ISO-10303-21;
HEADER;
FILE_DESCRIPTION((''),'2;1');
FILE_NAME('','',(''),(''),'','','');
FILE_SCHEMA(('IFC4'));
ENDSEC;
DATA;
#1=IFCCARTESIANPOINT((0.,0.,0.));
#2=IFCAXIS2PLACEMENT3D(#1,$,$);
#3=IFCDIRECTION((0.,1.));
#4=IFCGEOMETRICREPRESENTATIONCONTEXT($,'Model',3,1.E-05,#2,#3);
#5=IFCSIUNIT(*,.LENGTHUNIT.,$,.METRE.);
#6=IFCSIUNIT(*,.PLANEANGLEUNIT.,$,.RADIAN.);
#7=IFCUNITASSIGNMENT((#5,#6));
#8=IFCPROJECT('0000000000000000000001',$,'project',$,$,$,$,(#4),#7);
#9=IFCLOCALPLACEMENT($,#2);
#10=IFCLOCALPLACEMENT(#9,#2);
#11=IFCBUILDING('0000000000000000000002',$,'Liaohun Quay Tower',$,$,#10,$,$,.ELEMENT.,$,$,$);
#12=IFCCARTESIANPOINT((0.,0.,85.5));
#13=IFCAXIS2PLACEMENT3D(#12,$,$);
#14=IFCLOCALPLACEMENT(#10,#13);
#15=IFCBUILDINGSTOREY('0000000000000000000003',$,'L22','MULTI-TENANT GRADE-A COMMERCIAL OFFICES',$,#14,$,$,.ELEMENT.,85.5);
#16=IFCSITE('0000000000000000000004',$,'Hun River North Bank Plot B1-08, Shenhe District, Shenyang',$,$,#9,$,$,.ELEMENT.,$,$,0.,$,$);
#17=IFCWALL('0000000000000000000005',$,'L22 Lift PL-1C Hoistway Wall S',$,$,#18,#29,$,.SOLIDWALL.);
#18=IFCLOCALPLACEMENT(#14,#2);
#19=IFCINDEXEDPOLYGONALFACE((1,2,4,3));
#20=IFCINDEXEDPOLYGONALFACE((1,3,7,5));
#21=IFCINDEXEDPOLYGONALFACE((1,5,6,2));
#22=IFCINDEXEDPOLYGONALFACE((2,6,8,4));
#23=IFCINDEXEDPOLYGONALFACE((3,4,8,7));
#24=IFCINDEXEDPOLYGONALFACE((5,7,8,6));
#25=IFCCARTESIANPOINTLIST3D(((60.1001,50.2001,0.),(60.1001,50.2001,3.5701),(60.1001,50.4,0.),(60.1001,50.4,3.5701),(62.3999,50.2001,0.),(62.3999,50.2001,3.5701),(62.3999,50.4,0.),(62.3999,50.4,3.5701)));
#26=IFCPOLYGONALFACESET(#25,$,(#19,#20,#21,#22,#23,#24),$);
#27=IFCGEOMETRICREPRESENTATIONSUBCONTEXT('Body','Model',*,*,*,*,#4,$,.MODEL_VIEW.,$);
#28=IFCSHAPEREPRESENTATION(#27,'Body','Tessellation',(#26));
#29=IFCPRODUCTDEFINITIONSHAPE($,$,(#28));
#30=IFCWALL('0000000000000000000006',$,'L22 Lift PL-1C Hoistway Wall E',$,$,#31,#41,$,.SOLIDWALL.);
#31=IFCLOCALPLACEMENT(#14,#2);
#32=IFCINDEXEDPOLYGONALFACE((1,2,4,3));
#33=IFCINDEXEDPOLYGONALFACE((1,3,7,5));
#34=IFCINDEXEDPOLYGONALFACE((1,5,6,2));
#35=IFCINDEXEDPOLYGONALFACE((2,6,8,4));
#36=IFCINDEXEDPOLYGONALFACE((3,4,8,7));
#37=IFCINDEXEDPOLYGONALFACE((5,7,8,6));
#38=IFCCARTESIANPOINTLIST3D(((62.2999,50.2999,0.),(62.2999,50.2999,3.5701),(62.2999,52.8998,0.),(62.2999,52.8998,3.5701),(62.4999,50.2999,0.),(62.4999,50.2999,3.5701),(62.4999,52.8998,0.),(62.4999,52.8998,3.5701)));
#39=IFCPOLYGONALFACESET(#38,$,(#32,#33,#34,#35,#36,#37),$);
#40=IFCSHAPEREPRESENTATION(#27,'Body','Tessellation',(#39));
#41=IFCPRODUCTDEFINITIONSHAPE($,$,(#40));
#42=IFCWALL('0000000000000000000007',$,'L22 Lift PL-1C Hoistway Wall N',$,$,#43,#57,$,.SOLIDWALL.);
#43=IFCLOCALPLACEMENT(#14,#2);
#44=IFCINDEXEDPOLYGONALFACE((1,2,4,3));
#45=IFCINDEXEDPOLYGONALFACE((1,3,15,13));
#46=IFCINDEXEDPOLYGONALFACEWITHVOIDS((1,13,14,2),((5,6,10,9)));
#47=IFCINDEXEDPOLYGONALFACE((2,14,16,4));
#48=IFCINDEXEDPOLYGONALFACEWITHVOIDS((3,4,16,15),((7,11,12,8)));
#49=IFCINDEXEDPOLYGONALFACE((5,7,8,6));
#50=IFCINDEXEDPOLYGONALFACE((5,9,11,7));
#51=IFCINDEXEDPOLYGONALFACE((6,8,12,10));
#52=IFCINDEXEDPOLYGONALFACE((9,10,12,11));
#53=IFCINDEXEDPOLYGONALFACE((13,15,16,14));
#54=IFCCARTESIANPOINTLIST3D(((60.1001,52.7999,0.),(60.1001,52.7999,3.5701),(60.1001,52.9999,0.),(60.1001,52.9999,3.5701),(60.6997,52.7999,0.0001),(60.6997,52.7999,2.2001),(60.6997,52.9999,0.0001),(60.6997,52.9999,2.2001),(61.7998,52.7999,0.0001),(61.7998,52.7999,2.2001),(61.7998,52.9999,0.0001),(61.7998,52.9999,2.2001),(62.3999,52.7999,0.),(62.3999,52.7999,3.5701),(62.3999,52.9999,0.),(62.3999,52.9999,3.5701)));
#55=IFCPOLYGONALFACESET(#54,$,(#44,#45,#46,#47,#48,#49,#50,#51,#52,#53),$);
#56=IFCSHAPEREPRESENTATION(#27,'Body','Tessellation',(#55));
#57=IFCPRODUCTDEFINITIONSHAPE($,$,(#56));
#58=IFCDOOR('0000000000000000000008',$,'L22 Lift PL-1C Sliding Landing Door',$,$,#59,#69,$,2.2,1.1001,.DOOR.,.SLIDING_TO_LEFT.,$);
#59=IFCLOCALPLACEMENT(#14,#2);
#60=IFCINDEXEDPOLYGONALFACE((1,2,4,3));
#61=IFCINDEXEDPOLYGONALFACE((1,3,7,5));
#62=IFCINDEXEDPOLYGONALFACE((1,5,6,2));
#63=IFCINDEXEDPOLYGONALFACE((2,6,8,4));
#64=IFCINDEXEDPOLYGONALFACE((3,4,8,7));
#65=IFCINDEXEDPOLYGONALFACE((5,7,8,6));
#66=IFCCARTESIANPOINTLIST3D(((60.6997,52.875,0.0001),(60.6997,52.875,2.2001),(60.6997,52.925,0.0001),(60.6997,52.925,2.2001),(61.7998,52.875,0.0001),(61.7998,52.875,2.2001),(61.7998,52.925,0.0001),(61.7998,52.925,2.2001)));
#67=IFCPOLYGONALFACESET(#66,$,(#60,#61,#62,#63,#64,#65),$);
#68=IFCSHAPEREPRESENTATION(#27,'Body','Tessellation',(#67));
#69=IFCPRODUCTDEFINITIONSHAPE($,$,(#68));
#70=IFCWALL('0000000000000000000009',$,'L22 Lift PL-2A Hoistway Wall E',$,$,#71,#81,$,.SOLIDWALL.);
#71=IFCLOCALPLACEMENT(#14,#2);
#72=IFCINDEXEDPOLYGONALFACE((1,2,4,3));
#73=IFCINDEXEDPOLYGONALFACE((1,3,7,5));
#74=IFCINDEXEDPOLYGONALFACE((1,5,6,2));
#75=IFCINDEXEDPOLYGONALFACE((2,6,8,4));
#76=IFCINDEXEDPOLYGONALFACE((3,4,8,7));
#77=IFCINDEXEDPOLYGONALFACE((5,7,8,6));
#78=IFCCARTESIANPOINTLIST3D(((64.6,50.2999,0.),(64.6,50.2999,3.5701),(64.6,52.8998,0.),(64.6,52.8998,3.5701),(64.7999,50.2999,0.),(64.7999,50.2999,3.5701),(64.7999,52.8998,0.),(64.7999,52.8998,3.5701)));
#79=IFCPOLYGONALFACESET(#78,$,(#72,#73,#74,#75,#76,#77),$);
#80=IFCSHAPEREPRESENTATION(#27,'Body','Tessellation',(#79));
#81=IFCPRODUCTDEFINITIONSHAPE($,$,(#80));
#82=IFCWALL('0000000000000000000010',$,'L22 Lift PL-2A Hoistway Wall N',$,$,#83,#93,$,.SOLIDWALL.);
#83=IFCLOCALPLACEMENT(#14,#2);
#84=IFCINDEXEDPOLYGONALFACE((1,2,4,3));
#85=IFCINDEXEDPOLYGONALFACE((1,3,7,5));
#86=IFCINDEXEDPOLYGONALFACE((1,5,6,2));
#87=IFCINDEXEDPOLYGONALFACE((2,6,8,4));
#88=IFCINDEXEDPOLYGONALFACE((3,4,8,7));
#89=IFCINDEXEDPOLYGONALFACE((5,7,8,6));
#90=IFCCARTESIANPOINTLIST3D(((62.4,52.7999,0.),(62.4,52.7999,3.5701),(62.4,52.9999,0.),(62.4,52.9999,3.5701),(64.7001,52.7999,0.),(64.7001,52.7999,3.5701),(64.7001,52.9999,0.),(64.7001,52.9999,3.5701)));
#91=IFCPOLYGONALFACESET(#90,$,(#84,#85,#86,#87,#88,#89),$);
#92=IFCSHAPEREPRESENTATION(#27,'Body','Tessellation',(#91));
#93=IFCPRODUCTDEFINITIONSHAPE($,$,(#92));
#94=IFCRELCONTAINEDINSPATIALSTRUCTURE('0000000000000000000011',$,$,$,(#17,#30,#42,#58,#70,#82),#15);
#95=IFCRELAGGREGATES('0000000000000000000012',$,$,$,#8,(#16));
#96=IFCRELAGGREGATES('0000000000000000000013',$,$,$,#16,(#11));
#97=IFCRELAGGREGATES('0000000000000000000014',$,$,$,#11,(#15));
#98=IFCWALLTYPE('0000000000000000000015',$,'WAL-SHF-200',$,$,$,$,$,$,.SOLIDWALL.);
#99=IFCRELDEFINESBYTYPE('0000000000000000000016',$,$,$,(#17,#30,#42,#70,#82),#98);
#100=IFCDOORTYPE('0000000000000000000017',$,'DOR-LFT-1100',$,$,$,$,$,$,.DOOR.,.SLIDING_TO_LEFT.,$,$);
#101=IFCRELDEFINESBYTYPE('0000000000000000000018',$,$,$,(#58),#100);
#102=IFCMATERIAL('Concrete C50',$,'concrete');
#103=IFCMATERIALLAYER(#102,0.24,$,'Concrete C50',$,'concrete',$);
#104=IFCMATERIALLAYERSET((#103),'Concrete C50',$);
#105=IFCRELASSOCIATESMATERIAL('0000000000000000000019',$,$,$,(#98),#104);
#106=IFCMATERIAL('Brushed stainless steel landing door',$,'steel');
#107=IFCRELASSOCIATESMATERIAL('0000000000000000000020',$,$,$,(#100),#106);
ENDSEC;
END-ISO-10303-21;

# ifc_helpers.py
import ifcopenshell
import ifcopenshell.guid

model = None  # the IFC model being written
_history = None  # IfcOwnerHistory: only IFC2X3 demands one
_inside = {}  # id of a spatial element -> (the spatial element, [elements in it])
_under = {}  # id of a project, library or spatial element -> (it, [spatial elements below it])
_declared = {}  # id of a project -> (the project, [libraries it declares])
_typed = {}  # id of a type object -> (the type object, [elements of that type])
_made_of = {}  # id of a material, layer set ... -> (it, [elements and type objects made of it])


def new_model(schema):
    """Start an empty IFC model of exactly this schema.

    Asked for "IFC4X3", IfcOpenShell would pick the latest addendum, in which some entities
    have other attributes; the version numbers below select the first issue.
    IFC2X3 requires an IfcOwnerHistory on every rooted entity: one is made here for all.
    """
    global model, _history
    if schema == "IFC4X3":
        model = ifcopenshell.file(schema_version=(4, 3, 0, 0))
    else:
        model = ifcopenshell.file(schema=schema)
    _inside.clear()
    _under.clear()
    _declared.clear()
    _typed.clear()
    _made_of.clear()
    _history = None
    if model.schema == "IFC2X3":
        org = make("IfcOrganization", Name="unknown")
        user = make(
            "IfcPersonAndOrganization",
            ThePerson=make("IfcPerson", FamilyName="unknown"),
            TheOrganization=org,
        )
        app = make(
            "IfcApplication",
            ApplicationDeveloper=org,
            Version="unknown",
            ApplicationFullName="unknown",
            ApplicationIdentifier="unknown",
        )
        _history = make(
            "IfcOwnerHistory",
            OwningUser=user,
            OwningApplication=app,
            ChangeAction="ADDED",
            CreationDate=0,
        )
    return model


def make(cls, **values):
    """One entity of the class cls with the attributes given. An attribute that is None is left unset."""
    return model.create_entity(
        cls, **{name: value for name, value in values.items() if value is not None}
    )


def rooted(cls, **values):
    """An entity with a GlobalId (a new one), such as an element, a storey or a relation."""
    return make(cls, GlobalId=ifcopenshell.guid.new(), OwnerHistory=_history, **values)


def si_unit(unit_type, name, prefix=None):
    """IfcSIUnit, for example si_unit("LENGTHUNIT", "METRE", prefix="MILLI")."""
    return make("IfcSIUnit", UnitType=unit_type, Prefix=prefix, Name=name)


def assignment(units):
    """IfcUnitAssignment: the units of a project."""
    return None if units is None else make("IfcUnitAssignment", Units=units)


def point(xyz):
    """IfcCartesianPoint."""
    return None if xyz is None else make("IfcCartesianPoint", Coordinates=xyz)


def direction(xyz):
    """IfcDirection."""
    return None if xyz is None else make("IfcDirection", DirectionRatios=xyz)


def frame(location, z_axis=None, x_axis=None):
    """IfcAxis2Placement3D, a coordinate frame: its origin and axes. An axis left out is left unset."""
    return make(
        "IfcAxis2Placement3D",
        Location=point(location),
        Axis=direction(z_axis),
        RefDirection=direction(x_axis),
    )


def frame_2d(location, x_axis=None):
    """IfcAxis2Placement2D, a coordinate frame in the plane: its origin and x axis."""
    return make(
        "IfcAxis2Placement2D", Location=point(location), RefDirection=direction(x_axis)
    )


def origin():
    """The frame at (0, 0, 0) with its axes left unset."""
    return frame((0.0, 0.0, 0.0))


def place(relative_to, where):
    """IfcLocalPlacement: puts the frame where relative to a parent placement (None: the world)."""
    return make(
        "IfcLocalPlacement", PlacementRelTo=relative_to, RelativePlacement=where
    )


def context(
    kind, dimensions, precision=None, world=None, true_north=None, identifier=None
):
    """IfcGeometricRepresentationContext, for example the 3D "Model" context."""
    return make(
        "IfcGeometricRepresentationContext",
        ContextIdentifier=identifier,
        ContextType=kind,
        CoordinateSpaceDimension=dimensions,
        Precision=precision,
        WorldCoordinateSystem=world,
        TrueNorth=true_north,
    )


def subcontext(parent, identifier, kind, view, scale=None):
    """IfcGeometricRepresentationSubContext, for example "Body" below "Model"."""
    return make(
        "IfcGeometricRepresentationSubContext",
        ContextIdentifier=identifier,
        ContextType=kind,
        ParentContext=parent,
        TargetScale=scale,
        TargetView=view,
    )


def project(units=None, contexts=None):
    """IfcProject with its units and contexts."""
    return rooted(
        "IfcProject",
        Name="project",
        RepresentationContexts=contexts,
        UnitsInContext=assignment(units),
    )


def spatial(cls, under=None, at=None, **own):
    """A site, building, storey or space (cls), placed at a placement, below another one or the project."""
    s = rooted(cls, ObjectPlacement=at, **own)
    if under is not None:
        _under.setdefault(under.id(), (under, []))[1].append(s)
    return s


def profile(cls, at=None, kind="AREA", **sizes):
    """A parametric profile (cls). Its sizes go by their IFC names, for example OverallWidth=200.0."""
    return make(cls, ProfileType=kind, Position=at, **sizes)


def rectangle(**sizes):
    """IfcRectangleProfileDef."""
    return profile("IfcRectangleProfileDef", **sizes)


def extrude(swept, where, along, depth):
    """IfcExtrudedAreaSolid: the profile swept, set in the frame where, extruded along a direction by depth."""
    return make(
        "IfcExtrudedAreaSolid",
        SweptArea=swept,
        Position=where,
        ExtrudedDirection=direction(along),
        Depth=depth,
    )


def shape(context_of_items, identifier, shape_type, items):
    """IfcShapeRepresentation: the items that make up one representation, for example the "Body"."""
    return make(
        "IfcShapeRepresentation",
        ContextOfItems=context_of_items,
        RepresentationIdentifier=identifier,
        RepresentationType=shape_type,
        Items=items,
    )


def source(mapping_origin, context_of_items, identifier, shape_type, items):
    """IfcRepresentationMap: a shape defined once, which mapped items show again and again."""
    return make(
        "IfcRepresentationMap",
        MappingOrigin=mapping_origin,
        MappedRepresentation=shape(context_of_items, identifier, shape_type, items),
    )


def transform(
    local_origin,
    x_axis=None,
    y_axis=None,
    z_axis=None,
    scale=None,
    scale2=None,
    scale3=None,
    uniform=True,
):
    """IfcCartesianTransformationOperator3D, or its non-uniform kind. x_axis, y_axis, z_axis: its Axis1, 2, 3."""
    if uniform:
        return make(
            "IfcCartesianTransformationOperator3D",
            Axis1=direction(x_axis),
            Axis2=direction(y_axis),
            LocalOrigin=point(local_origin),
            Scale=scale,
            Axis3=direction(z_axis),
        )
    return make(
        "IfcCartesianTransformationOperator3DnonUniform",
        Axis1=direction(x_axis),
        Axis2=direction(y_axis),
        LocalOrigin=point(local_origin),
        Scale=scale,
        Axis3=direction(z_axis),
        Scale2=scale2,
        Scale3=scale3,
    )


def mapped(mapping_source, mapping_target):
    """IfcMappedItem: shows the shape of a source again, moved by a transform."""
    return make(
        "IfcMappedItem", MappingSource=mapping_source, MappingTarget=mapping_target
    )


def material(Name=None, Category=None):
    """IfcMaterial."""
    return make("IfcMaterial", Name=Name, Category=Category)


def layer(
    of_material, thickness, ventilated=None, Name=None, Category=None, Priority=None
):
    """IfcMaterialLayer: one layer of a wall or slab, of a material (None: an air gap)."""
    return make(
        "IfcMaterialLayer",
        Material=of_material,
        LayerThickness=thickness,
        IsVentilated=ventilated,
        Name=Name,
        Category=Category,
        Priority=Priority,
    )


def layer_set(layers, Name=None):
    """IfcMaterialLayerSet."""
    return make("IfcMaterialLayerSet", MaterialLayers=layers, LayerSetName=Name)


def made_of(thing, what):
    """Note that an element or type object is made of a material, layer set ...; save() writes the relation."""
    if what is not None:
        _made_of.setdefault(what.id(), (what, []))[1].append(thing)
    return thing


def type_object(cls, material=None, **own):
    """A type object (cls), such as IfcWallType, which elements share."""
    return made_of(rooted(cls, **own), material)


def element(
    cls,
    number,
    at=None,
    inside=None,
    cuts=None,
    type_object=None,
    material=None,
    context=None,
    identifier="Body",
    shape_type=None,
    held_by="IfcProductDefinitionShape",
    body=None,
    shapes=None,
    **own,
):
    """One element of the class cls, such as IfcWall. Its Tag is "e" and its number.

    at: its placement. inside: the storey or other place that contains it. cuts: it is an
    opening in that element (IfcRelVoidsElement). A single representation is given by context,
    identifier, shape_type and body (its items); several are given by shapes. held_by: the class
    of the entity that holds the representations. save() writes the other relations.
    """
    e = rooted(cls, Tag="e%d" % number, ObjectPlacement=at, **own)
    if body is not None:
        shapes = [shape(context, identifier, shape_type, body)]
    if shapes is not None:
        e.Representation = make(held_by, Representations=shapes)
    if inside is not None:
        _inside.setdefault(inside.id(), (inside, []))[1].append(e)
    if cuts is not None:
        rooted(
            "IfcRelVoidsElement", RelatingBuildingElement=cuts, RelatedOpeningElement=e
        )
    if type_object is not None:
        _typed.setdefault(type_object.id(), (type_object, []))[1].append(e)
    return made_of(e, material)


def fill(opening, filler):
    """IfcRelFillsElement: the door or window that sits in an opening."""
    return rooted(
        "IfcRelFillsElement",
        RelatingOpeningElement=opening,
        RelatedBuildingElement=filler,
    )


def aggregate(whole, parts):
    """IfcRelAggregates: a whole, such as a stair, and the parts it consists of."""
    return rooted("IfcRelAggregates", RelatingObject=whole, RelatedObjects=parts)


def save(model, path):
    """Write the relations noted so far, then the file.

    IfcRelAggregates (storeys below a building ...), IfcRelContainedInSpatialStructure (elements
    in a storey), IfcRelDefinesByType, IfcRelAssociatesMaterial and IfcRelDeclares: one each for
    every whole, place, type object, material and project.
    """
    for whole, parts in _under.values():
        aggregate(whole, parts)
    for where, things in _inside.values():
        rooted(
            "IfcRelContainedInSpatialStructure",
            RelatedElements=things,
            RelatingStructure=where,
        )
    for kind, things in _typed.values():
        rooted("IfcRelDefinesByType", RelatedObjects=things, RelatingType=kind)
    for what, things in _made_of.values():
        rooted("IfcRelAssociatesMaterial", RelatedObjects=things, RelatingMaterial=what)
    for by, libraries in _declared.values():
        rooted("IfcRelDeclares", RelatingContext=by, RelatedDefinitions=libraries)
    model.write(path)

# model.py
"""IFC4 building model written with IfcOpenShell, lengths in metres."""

from ifc_helpers import new_model, si_unit, direction, frame, frame_2d, origin, place, context, subcontext, project, spatial, rectangle, extrude, source, transform, mapped, material, layer, layer_set, type_object, element, fill, save


model = new_model("IFC4")

# Units and contexts
model_context = context("Model", 3, precision=1e-05, world=origin(), true_north=direction((0.0, 1.0)))
body_context = subcontext(model_context, "Body", "Model", "MODEL_VIEW")
ifc_project = project(units=[si_unit("LENGTHUNIT", "METRE"), si_unit("PLANEANGLEUNIT", "RADIAN")], contexts=[model_context])

# Site, building, storey
site_placement = place(None, origin())
site = spatial("IfcSite", under=ifc_project, at=site_placement, Name="Hun River North Bank Plot B1-08, Shenhe District, Shenyang", CompositionType="ELEMENT", RefElevation=0.0)
building_placement = place(site_placement, origin())
building = spatial("IfcBuilding", under=site, at=building_placement, Name="Liaohun Quay Tower", CompositionType="ELEMENT")
storey_placement = place(building_placement, frame((0.0, 0.0, 85.5)))
storey = spatial("IfcBuildingStorey", under=building, at=storey_placement, Name="L22", Description="MULTI-TENANT GRADE-A COMMERCIAL OFFICES", CompositionType="ELEMENT", Elevation=85.5)

# Shared definitions
ifc_material_1 = material(Name="Concrete C50", Category="concrete")
ifc_layer_1 = layer(ifc_material_1, 0.24, Name="Concrete C50", Category="concrete")
ifc_layer_set_1 = layer_set([ifc_layer_1], Name="Concrete C50")
wall_type_1 = type_object("IfcWallType", Name="WAL-SHF-200", PredefinedType="SOLIDWALL", material=ifc_layer_set_1)

# Shared definitions
shared_shape_1 = source(origin(), body_context, "Body", "SweptSolid", [
    extrude(rectangle(XDim=1.1001, YDim=2.2, at=frame_2d((0.55, 1.1001))), frame((0.0, 0.1099, 0.0), z_axis=(0.0, -1.0, 0.0), x_axis=(1.0, 0.0, 0.0)), (0.0, 0.0, 1.0), 0.22),
])
ifc_material_2 = material(Name="Brushed stainless steel landing door", Category="steel")
door_type_1 = type_object("IfcDoorType", Name="DOR-LFT-1100", OperationType="SLIDING_TO_LEFT", PredefinedType="DOOR", material=ifc_material_2)
shared_shape_2 = source(origin(), body_context, "Body", "SweptSolid", [
    extrude(rectangle(XDim=1.1001, YDim=2.2, at=frame_2d((0.55, 1.1001))), frame((0.0, 0.0249, 0.0), z_axis=(0.0, -1.0, 0.0), x_axis=(1.0, 0.0, 0.0)), (0.0, 0.0, 1.0), 0.05),
])

# Walls
wall_1_placement = place(storey_placement, frame((60.1001, 50.3, 0.0), z_axis=(0.0, 0.0, 1.0), x_axis=(1.0, 0.0, 0.0)))
element("IfcWall", 1, at=wall_1_placement, inside=storey, type_object=wall_type_1, Name="L22 Lift PL-1C Hoistway Wall S", PredefinedType="SOLIDWALL", context=body_context, shape_type="SweptSolid", body=[
    extrude(rectangle(XDim=2.2998, YDim=0.2, at=frame_2d((1.1499, 0.0))), origin(), (0.0, 0.0, 1.0), 3.5701),
])
wall_2_placement = place(storey_placement, frame((62.3999, 50.3, 0.0), z_axis=(0.0, 0.0, 1.0), x_axis=(0.0, 1.0, 0.0)))
element("IfcWall", 2, at=wall_2_placement, inside=storey, type_object=wall_type_1, Name="L22 Lift PL-1C Hoistway Wall E", PredefinedType="SOLIDWALL", context=body_context, shape_type="SweptSolid", body=[
    extrude(rectangle(XDim=2.5999, YDim=0.2, at=frame_2d((1.2998, 0.0))), origin(), (0.0, 0.0, 1.0), 3.5701),
])

# Wall, opening, door
wall_3_placement = place(storey_placement, frame((62.3999, 52.8999, 0.0), z_axis=(0.0, 0.0, 1.0), x_axis=(-1.0, 0.0, 0.0)))
wall_3 = element("IfcWall", 3, at=wall_3_placement, inside=storey, type_object=wall_type_1, Name="L22 Lift PL-1C Hoistway Wall N", PredefinedType="SOLIDWALL", context=body_context, shape_type="SweptSolid", body=[
    extrude(rectangle(XDim=2.2998, YDim=0.2, at=frame_2d((1.1499, 0.0))), origin(), (0.0, 0.0, 1.0), 3.5701),
])
opening_1_placement = place(wall_3_placement, frame((0.6001, 0.0, 0.0)))
opening_1 = element("IfcOpeningElement", 4, at=opening_1_placement, cuts=wall_3, PredefinedType="OPENING", context=body_context, shape_type="MappedRepresentation", body=[
    mapped(shared_shape_1, transform((0.0, 0.0, 0.0), x_axis=(1.0, 0.0, 0.0), y_axis=(0.0, 1.0, 0.0), z_axis=(0.0, 0.0, 1.0), scale=1.0)),
])
door_1_placement = place(opening_1_placement, origin())
door_1 = element("IfcDoor", 5, at=door_1_placement, inside=storey, type_object=door_type_1, Name="L22 Lift PL-1C Sliding Landing Door", OperationType="SLIDING_TO_LEFT", OverallHeight=2.2, OverallWidth=1.1001, PredefinedType="DOOR", context=body_context, shape_type="MappedRepresentation", body=[
    mapped(shared_shape_2, transform((0.0, 0.0, 0.0), x_axis=(1.0, 0.0, 0.0), y_axis=(0.0, 1.0, 0.0), z_axis=(0.0, 0.0, 1.0), scale=1.0)),
])
fill(opening_1, door_1)

# Walls
wall_4_placement = place(storey_placement, frame((64.7, 50.3, 0.0), z_axis=(0.0, 0.0, 1.0), x_axis=(0.0, 1.0, 0.0)))
element("IfcWall", 6, at=wall_4_placement, inside=storey, type_object=wall_type_1, Name="L22 Lift PL-2A Hoistway Wall E", PredefinedType="SOLIDWALL", context=body_context, shape_type="SweptSolid", body=[
    extrude(rectangle(XDim=2.5999, YDim=0.2, at=frame_2d((1.2998, 0.0))), origin(), (0.0, 0.0, 1.0), 3.5701),
])
wall_5_placement = place(storey_placement, frame((64.7, 52.8999, 0.0), z_axis=(0.0, 0.0, 1.0), x_axis=(-1.0, 0.0, 0.0)))
element("IfcWall", 7, at=wall_5_placement, inside=storey, type_object=wall_type_1, Name="L22 Lift PL-2A Hoistway Wall N", PredefinedType="SOLIDWALL", context=body_context, shape_type="SweptSolid", body=[
    extrude(rectangle(XDim=2.3, YDim=0.2, at=frame_2d((1.1499, 0.0))), origin(), (0.0, 0.0, 1.0), 3.5701),
])

save(model, "model.ifc")
